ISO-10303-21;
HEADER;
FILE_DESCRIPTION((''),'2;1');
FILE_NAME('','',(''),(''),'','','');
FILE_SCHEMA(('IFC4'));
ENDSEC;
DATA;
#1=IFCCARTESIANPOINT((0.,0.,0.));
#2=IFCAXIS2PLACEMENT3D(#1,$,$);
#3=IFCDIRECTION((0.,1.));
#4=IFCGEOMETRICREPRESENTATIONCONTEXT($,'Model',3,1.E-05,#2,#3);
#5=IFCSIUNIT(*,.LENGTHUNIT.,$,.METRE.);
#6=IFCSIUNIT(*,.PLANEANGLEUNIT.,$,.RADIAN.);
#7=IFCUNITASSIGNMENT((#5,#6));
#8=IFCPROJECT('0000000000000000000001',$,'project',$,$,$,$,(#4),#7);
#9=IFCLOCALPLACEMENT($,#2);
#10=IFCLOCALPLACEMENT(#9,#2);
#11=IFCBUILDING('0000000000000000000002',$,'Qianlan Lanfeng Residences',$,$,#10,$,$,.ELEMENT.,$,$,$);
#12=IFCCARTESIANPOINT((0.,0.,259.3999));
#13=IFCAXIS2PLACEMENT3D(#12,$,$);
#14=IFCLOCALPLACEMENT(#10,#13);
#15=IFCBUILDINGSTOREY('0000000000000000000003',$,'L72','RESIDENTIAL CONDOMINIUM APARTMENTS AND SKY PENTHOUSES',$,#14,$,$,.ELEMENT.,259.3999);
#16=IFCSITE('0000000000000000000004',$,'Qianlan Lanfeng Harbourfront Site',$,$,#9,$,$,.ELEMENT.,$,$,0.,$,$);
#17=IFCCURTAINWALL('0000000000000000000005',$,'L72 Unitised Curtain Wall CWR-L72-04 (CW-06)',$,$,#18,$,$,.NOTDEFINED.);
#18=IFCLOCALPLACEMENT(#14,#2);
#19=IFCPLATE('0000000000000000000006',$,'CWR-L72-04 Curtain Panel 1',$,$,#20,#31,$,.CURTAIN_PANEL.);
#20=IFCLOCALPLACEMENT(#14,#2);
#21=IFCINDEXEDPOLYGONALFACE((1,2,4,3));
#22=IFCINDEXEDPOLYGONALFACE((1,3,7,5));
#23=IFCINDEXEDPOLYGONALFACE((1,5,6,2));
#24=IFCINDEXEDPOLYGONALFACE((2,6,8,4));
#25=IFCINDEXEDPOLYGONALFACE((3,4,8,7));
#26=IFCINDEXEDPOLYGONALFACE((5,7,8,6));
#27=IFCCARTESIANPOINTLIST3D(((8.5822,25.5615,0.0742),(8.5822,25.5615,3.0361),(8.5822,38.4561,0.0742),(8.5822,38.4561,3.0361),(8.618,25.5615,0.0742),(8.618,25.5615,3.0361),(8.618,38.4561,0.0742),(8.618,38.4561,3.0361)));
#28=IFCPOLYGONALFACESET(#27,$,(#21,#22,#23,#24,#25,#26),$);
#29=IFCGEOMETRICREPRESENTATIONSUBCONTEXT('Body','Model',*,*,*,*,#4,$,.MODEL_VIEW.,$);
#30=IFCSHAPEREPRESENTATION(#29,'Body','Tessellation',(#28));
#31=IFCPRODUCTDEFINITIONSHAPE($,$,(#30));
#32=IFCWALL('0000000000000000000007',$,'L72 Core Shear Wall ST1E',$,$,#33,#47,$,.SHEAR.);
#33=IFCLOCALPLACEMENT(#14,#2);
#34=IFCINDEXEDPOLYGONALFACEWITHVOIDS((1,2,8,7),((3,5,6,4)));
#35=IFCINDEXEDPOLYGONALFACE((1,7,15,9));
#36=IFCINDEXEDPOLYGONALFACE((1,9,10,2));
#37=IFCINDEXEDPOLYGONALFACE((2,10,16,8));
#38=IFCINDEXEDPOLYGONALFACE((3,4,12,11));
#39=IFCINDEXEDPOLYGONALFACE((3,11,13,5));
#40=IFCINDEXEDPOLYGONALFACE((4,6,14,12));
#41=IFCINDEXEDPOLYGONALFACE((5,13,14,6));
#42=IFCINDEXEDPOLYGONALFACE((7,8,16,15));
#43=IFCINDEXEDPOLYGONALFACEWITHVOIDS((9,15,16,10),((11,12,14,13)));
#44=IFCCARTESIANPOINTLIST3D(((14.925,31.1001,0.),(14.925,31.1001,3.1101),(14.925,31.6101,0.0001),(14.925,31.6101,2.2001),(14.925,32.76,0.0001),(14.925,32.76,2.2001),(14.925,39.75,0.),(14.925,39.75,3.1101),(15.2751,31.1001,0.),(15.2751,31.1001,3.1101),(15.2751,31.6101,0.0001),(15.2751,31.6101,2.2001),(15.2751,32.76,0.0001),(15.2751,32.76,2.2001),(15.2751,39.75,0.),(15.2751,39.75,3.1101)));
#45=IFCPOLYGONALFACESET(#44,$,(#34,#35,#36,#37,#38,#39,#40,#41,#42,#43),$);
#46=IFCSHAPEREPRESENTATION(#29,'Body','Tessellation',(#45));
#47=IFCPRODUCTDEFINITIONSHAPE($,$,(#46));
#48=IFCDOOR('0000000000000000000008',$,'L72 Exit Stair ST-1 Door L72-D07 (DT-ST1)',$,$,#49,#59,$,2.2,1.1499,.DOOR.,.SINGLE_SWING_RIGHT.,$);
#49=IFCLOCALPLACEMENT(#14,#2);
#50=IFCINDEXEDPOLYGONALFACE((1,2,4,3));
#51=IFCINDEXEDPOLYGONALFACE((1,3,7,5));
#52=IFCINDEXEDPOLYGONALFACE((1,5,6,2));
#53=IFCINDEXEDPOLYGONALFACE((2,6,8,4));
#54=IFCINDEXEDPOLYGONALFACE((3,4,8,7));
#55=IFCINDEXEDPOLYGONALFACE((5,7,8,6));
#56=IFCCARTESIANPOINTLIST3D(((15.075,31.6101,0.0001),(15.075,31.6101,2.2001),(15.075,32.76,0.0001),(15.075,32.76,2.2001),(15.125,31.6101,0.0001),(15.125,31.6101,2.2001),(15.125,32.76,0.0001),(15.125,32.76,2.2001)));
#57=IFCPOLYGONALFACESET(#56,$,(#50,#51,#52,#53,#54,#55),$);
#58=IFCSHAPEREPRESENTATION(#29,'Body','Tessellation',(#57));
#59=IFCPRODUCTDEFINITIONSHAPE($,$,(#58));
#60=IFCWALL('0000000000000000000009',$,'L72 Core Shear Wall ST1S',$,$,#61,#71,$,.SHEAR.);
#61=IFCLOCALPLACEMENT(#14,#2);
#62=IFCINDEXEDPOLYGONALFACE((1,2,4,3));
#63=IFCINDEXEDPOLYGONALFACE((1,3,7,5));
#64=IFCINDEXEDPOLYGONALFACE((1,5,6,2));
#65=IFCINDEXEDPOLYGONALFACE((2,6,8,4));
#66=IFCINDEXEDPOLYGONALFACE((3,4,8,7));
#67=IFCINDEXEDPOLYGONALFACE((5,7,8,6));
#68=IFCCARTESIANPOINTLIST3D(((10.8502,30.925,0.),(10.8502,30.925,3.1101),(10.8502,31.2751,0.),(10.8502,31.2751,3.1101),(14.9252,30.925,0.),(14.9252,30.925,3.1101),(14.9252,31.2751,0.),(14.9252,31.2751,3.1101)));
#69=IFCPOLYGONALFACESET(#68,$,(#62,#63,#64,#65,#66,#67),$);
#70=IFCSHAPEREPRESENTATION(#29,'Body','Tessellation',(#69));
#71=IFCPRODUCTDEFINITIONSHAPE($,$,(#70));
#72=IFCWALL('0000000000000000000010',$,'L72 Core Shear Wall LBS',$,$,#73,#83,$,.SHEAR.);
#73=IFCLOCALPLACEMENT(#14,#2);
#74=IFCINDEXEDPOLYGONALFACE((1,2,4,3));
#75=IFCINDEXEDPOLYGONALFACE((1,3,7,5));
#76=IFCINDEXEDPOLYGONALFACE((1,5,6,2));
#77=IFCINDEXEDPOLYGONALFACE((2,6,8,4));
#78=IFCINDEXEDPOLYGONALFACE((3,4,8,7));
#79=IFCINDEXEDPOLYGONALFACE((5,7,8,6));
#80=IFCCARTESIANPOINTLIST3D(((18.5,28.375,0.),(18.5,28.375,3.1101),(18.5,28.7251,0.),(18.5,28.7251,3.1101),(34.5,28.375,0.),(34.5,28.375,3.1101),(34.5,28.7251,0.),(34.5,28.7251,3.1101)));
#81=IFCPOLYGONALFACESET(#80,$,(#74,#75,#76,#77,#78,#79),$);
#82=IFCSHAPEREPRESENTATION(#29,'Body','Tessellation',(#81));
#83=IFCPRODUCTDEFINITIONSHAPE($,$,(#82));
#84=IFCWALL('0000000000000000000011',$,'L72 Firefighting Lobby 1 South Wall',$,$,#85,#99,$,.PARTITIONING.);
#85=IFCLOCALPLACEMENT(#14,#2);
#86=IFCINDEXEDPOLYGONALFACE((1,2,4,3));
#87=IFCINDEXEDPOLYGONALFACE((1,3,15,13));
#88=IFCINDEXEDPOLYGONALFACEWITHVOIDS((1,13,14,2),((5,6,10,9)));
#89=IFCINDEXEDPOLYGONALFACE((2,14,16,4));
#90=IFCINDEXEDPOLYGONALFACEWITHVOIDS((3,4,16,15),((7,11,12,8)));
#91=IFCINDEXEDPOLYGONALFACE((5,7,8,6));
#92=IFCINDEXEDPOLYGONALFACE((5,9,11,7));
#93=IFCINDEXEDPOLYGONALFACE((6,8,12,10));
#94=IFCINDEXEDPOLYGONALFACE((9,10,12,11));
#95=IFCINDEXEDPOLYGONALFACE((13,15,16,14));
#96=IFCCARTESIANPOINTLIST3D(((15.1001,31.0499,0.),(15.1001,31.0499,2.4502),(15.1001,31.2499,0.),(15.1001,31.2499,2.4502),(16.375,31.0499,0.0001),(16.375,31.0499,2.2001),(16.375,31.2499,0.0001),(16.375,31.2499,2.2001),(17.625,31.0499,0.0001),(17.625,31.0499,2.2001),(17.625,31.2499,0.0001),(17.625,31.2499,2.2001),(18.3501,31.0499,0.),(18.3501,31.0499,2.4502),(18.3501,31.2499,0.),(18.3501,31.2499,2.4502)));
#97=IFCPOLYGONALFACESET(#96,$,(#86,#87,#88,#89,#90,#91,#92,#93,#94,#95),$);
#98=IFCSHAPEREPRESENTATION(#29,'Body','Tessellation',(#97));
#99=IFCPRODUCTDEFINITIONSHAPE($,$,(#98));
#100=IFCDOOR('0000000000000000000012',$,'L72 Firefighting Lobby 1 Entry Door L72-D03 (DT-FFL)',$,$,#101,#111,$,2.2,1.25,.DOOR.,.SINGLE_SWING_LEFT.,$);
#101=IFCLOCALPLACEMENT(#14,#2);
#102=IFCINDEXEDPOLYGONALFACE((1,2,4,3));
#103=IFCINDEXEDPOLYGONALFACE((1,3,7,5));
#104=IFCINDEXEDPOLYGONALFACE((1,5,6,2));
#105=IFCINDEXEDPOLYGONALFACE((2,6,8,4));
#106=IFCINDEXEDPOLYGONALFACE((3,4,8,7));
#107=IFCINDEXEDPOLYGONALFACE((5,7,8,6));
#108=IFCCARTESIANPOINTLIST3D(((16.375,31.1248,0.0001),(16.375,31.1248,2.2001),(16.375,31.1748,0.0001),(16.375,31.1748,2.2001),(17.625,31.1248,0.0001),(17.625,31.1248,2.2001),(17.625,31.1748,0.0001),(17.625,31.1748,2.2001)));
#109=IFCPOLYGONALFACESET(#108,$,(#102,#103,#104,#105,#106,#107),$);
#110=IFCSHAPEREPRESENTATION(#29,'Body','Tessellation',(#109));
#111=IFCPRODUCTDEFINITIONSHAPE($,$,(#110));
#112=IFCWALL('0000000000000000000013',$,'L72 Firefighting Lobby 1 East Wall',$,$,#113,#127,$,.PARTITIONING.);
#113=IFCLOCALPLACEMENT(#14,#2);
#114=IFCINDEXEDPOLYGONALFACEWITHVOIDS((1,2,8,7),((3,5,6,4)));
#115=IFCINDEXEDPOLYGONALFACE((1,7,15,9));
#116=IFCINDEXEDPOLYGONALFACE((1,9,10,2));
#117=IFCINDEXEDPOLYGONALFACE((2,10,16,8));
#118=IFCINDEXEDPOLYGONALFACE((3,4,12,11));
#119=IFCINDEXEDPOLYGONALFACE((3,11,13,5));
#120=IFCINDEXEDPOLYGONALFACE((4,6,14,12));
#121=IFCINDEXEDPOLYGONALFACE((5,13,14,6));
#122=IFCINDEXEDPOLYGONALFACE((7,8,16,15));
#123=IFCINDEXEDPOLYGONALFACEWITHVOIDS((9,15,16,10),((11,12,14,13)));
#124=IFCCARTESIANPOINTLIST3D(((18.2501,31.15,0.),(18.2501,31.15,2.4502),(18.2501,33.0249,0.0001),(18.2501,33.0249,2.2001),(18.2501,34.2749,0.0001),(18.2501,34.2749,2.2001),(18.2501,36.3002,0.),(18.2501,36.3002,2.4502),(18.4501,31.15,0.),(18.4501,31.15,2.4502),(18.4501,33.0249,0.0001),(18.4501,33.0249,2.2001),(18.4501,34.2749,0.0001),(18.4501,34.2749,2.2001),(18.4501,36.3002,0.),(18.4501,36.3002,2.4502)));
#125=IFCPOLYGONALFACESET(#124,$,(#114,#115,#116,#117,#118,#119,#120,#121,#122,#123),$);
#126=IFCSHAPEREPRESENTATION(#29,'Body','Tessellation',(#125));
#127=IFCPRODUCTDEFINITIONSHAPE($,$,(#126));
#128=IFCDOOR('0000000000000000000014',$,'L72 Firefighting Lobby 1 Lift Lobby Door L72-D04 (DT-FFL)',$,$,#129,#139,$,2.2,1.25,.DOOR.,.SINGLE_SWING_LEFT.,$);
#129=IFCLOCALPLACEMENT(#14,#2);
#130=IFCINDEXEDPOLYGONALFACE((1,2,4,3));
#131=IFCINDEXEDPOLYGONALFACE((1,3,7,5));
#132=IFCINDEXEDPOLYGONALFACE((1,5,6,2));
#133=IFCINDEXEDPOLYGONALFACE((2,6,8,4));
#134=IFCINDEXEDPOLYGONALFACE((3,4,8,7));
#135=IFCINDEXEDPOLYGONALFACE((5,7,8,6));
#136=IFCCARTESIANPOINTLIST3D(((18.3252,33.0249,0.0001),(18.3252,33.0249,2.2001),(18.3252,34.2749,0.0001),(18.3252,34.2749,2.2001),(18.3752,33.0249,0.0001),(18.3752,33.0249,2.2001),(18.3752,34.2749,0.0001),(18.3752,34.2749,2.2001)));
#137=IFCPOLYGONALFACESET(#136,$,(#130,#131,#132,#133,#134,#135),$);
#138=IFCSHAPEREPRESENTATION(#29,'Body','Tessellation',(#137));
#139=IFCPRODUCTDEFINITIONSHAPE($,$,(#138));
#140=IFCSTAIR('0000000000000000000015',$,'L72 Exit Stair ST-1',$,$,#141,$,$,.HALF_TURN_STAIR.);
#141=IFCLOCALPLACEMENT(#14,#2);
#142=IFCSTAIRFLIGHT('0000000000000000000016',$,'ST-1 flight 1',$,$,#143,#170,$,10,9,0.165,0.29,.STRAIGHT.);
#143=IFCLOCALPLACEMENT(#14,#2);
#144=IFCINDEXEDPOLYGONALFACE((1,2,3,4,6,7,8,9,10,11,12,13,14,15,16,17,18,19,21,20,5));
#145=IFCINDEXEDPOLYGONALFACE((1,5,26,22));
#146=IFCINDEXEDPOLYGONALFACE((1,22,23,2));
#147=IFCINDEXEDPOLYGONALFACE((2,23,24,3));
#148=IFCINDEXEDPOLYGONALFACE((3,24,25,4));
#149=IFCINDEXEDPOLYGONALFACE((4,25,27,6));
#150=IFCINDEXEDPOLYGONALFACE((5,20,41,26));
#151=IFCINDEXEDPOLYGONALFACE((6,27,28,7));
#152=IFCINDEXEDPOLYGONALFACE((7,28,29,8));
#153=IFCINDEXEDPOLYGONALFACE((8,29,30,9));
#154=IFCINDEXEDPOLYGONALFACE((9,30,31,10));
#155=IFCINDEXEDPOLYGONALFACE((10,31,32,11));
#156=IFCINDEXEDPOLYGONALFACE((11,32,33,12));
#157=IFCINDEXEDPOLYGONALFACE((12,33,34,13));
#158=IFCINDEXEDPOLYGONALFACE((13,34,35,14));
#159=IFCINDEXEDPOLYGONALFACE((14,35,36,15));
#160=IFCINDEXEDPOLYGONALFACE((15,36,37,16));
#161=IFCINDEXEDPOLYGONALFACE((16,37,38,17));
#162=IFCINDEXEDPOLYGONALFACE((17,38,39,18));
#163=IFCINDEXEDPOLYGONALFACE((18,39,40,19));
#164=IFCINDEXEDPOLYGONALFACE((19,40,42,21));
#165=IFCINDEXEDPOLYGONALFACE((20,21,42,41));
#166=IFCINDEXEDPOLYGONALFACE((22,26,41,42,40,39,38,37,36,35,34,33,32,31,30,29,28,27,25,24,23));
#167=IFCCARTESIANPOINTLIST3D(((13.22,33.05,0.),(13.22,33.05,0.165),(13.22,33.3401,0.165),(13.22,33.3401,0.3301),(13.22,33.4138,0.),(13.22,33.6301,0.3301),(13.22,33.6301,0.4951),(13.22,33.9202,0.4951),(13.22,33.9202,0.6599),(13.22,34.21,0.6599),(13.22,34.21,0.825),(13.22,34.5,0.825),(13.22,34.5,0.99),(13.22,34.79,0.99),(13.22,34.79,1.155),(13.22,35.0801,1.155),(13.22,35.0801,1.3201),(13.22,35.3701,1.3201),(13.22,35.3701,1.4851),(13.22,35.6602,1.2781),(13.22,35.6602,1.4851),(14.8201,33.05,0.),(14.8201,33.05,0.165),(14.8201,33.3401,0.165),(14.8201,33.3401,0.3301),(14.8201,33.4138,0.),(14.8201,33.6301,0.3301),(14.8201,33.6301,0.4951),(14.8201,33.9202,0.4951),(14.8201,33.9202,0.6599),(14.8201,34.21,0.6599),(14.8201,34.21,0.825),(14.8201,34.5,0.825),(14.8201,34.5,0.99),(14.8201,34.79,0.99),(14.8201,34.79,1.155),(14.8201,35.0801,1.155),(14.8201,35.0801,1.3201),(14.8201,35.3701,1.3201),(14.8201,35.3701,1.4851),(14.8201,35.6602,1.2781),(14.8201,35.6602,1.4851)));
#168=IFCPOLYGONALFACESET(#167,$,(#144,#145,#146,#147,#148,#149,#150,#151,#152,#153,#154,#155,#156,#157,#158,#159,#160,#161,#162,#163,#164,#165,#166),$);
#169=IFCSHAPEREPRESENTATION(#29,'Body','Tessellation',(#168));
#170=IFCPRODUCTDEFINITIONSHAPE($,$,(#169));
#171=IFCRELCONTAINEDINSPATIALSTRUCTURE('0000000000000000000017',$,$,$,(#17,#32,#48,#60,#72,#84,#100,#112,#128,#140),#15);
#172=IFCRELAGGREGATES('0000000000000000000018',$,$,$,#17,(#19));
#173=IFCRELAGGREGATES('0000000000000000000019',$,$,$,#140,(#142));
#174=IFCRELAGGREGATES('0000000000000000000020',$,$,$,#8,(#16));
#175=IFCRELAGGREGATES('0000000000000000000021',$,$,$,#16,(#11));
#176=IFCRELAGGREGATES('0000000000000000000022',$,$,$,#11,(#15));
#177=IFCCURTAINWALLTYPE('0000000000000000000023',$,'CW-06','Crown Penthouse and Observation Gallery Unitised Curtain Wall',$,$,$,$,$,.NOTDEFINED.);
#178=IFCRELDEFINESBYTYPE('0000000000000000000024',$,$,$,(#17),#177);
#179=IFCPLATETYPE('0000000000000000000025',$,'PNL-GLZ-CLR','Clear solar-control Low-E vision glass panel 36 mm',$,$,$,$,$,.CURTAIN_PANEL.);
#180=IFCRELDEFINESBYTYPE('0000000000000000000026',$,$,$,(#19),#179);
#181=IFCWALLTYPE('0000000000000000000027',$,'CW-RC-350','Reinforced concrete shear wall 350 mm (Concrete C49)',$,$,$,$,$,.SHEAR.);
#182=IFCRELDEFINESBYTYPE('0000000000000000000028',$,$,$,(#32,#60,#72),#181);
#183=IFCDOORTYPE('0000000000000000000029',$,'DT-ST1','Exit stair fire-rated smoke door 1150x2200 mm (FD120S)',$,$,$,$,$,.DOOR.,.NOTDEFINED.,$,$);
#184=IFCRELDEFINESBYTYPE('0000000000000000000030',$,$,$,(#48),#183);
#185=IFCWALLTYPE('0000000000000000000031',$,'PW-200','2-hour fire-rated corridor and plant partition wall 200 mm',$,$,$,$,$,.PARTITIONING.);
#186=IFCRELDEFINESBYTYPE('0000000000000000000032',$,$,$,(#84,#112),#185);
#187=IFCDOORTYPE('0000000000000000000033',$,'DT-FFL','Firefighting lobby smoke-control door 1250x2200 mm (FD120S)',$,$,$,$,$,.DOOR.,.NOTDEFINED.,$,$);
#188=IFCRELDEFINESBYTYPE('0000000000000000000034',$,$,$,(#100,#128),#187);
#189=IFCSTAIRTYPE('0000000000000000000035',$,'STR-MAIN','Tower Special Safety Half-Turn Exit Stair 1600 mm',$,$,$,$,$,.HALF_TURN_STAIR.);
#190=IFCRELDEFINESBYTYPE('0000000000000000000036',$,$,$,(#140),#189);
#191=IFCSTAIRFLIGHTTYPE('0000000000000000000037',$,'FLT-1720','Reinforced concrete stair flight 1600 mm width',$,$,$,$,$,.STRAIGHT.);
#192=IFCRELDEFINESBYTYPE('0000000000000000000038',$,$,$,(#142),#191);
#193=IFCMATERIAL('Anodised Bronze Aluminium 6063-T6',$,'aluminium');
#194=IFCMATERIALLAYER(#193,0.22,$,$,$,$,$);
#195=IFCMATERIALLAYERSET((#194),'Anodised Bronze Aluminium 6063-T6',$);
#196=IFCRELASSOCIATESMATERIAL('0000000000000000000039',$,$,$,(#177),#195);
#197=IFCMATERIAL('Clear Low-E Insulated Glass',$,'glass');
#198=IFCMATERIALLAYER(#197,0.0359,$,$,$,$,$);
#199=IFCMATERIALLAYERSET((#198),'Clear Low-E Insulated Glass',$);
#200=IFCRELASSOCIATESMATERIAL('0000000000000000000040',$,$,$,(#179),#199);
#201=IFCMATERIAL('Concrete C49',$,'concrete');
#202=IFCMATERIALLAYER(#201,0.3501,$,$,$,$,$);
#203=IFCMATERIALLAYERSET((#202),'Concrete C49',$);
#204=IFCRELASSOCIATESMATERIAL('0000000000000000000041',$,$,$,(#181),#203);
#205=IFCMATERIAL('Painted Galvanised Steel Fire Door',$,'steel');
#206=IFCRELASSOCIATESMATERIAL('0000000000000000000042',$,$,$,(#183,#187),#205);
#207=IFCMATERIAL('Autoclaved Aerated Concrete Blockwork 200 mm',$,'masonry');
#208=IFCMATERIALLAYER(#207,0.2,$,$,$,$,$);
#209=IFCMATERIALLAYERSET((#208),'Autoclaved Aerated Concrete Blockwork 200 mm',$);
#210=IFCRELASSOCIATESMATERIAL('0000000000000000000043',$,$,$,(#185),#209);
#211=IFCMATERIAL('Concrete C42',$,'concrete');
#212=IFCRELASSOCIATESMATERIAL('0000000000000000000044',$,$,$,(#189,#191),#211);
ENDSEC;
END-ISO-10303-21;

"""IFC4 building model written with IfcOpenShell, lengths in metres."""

from ifc_helpers import new_model, si_unit, direction, frame, frame_2d, origin, origin_2d, place, context, subcontext, project, spatial, polyline, rectangle, outline, extrude, source, transform, mapped, material, layer, layer_set, type_object, element, fill, aggregate, save


model = new_model("IFC4")

# Units and contexts
model_context = context("Model", 3, precision=1e-05, world=origin(), true_north=direction((0.0, 1.0)))
body_context = subcontext(model_context, "Body", "Model", "MODEL_VIEW")
ifc_project = project(units=[si_unit("LENGTHUNIT", "METRE"), si_unit("PLANEANGLEUNIT", "RADIAN")], contexts=[model_context])

# Site, building, storey
site_placement = place(None, origin())
site = spatial("IfcSite", under=ifc_project, at=site_placement, Name="Qianlan Lanfeng Harbourfront Site", CompositionType="ELEMENT", RefElevation=0.0)
building_placement = place(site_placement, origin())
building = spatial("IfcBuilding", under=site, at=building_placement, Name="Qianlan Lanfeng Residences", CompositionType="ELEMENT")
storey_placement = place(building_placement, frame((0.0, 0.0, 259.3999)))
storey = spatial("IfcBuildingStorey", under=building, at=storey_placement, Name="L72", Description="RESIDENTIAL CONDOMINIUM APARTMENTS AND SKY PENTHOUSES", CompositionType="ELEMENT", Elevation=259.3999)

# Curtain wall, plate
ifc_material_1 = material(Name="Anodised Bronze Aluminium 6063-T6", Category="aluminium")
ifc_layer_1 = layer(ifc_material_1, 0.22)
ifc_layer_set_1 = layer_set([ifc_layer_1], Name="Anodised Bronze Aluminium 6063-T6")
curtain_wall_type = type_object("IfcCurtainWallType", Name="CW-06", Description="Crown Penthouse and Observation Gallery Unitised Curtain Wall", PredefinedType="NOTDEFINED", material=ifc_layer_set_1)
curtain_wall_placement = place(storey_placement, origin())
curtain_wall = element("IfcCurtainWall", 1, at=curtain_wall_placement, inside=storey, type_object=curtain_wall_type, Name="L72 Unitised Curtain Wall CWR-L72-04 (CW-06)", PredefinedType="NOTDEFINED")
ifc_material_2 = material(Name="Clear Low-E Insulated Glass", Category="glass")
ifc_layer_2 = layer(ifc_material_2, 0.0359)
ifc_layer_set_2 = layer_set([ifc_layer_2], Name="Clear Low-E Insulated Glass")
plate_type = type_object("IfcPlateType", Name="PNL-GLZ-CLR", Description="Clear solar-control Low-E vision glass panel 36 mm", PredefinedType="CURTAIN_PANEL", material=ifc_layer_set_2)
shared_shape_1 = source(origin(), body_context, "Body", "SweptSolid", [
    extrude(rectangle(XDim=12.8945, YDim=0.0359, at=origin_2d()), origin(), (0.0, 0.0, 1.0), 2.9619),
])
plate_placement = place(storey_placement, frame((8.6001, 32.0088, 0.0742), z_axis=(0.0, 0.0, 1.0), x_axis=(0.0, -1.0, 0.0)))
plate = element("IfcPlate", 2, at=plate_placement, type_object=plate_type, Name="CWR-L72-04 Curtain Panel 1", PredefinedType="CURTAIN_PANEL", context=body_context, shape_type="MappedRepresentation", body=[
    mapped(shared_shape_1, transform((0.0, 0.0, 0.0), scale=1.0)),
])
aggregate(curtain_wall, [plate])

# Wall, opening, door
ifc_material_3 = material(Name="Concrete C49", Category="concrete")
ifc_layer_3 = layer(ifc_material_3, 0.3501)
ifc_layer_set_3 = layer_set([ifc_layer_3], Name="Concrete C49")
wall_type_1 = type_object("IfcWallType", Name="CW-RC-350", Description="Reinforced concrete shear wall 350 mm (Concrete C49)", PredefinedType="SHEAR", material=ifc_layer_set_3)
wall_1_placement = place(storey_placement, frame((15.1001, 31.1001, 0.0), z_axis=(0.0, 0.0, 1.0), x_axis=(0.0, 1.0, 0.0)))
wall_1 = element("IfcWall", 3, at=wall_1_placement, inside=storey, type_object=wall_type_1, Name="L72 Core Shear Wall ST1E", PredefinedType="SHEAR", context=body_context, shape_type="SweptSolid", body=[
    extrude(rectangle(XDim=8.6499, YDim=0.3501, at=frame_2d((4.325, 0.0))), origin(), (0.0, 0.0, 1.0), 3.1101),
])
opening_1_placement = place(wall_1_placement, frame((0.51, 0.0, 0.0)))
opening_1 = element("IfcOpeningElement", 4, at=opening_1_placement, cuts=wall_1, PredefinedType="OPENING", context=body_context, shape_type="SweptSolid", body=[
    extrude(rectangle(XDim=1.1499, YDim=2.2, at=frame_2d((0.575, 1.1001))), frame((0.0, 0.1851, 0.0), z_axis=(0.0, -1.0, 0.0), x_axis=(1.0, 0.0, 0.0)), (0.0, 0.0, 1.0), 0.3701),
])
ifc_material_4 = material(Name="Painted Galvanised Steel Fire Door", Category="steel")
door_type_1 = type_object("IfcDoorType", Name="DT-ST1", Description="Exit stair fire-rated smoke door 1150x2200 mm (FD120S)", OperationType="NOTDEFINED", PredefinedType="DOOR", material=ifc_material_4)
door_1_placement = place(opening_1_placement, frame((1.1499, 0.0, 0.0), z_axis=(0.0, 0.0, 1.0), x_axis=(-1.0, 0.0, 0.0)))
door_1 = element("IfcDoor", 5, at=door_1_placement, inside=storey, type_object=door_type_1, Name="L72 Exit Stair ST-1 Door L72-D07 (DT-ST1)", OperationType="SINGLE_SWING_RIGHT", OverallHeight=2.2, OverallWidth=1.1499, PredefinedType="DOOR", context=body_context, shape_type="SweptSolid", body=[
    extrude(rectangle(XDim=1.1499, YDim=2.2, at=frame_2d((0.575, 1.1001))), frame((0.0, 0.0249, 0.0), z_axis=(0.0, -1.0, 0.0), x_axis=(1.0, 0.0, 0.0)), (0.0, 0.0, 1.0), 0.05),
])
fill(opening_1, door_1)

# Walls
wall_2_placement = place(storey_placement, frame((10.8501, 31.1001, 0.0), z_axis=(0.0, 0.0, 1.0), x_axis=(1.0, 0.0, 0.0)))
element("IfcWall", 6, at=wall_2_placement, inside=storey, type_object=wall_type_1, Name="L72 Core Shear Wall ST1S", PredefinedType="SHEAR", context=body_context, shape_type="SweptSolid", body=[
    extrude(rectangle(XDim=4.075, YDim=0.3501, at=frame_2d((2.0376, 0.0))), origin(), (0.0, 0.0, 1.0), 3.1101),
])
wall_3_placement = place(storey_placement, frame((18.5, 28.55, 0.0), z_axis=(0.0, 0.0, 1.0), x_axis=(1.0, 0.0, 0.0)))
element("IfcWall", 7, at=wall_3_placement, inside=storey, type_object=wall_type_1, Name="L72 Core Shear Wall LBS", PredefinedType="SHEAR", context=body_context, shape_type="SweptSolid", body=[
    extrude(rectangle(XDim=16.0, YDim=0.3501, at=frame_2d((8.0, 0.0))), origin(), (0.0, 0.0, 1.0), 3.1101),
])

# Walls, openings, doors
ifc_material_5 = material(Name="Autoclaved Aerated Concrete Blockwork 200 mm", Category="masonry")
ifc_layer_4 = layer(ifc_material_5, 0.2)
ifc_layer_set_4 = layer_set([ifc_layer_4], Name="Autoclaved Aerated Concrete Blockwork 200 mm")
wall_type_2 = type_object("IfcWallType", Name="PW-200", Description="2-hour fire-rated corridor and plant partition wall 200 mm", PredefinedType="PARTITIONING", material=ifc_layer_set_4)
wall_4_placement = place(storey_placement, frame((15.1001, 31.1499, 0.0), z_axis=(0.0, 0.0, 1.0), x_axis=(1.0, 0.0, 0.0)))
wall_4 = element("IfcWall", 8, at=wall_4_placement, inside=storey, type_object=wall_type_2, Name="L72 Firefighting Lobby 1 South Wall", PredefinedType="PARTITIONING", context=body_context, shape_type="SweptSolid", body=[
    extrude(rectangle(XDim=3.25, YDim=0.2, at=frame_2d((1.625, 0.0))), origin(), (0.0, 0.0, 1.0), 2.4502),
])
opening_2_placement = place(wall_4_placement, frame((1.2749, 0.0, 0.0)))
opening_2 = element("IfcOpeningElement", 9, at=opening_2_placement, cuts=wall_4, PredefinedType="OPENING", context=body_context, shape_type="SweptSolid", body=[
    extrude(rectangle(XDim=1.25, YDim=2.2, at=frame_2d((0.625, 1.1001))), frame((0.0, 0.1099, 0.0), z_axis=(0.0, -1.0, 0.0), x_axis=(1.0, 0.0, 0.0)), (0.0, 0.0, 1.0), 0.22),
])
door_type_2 = type_object("IfcDoorType", Name="DT-FFL", Description="Firefighting lobby smoke-control door 1250x2200 mm (FD120S)", OperationType="NOTDEFINED", PredefinedType="DOOR", material=ifc_material_4)
door_2_placement = place(opening_2_placement, origin())
door_2 = element("IfcDoor", 10, at=door_2_placement, inside=storey, type_object=door_type_2, Name="L72 Firefighting Lobby 1 Entry Door L72-D03 (DT-FFL)", OperationType="SINGLE_SWING_LEFT", OverallHeight=2.2, OverallWidth=1.25, PredefinedType="DOOR", context=body_context, shape_type="SweptSolid", body=[
    extrude(rectangle(XDim=1.25, YDim=2.2, at=frame_2d((0.625, 1.1001))), frame((0.0, 0.0249, 0.0), z_axis=(0.0, -1.0, 0.0), x_axis=(1.0, 0.0, 0.0)), (0.0, 0.0, 1.0), 0.05),
])
fill(opening_2, door_2)
wall_5_placement = place(storey_placement, frame((18.3501, 31.1499, 0.0), z_axis=(0.0, 0.0, 1.0), x_axis=(0.0, 1.0, 0.0)))
wall_5 = element("IfcWall", 11, at=wall_5_placement, inside=storey, type_object=wall_type_2, Name="L72 Firefighting Lobby 1 East Wall", PredefinedType="PARTITIONING", context=body_context, shape_type="SweptSolid", body=[
    extrude(rectangle(XDim=5.1501, YDim=0.2, at=frame_2d((2.5752, 0.0))), origin(), (0.0, 0.0, 1.0), 2.4502),
])
opening_3_placement = place(wall_5_placement, frame((1.875, 0.0, 0.0)))
opening_3 = element("IfcOpeningElement", 12, at=opening_3_placement, cuts=wall_5, PredefinedType="OPENING", context=body_context, shape_type="SweptSolid", body=[
    extrude(rectangle(XDim=1.25, YDim=2.2, at=frame_2d((0.625, 1.1001))), frame((0.0, 0.1099, 0.0), z_axis=(0.0, -1.0, 0.0), x_axis=(1.0, 0.0, 0.0)), (0.0, 0.0, 1.0), 0.22),
])
door_3_placement = place(opening_3_placement, origin())
door_3 = element("IfcDoor", 13, at=door_3_placement, inside=storey, type_object=door_type_2, Name="L72 Firefighting Lobby 1 Lift Lobby Door L72-D04 (DT-FFL)", OperationType="SINGLE_SWING_LEFT", OverallHeight=2.2, OverallWidth=1.25, PredefinedType="DOOR", context=body_context, shape_type="SweptSolid", body=[
    extrude(rectangle(XDim=1.25, YDim=2.2, at=frame_2d((0.625, 1.1001))), frame((0.0, 0.0249, 0.0), z_axis=(0.0, -1.0, 0.0), x_axis=(1.0, 0.0, 0.0)), (0.0, 0.0, 1.0), 0.05),
])
fill(opening_3, door_3)

# Stair, stair flight
ifc_material_6 = material(Name="Concrete C42", Category="concrete")
stair_type = type_object("IfcStairType", Name="STR-MAIN", Description="Tower Special Safety Half-Turn Exit Stair 1600 mm", PredefinedType="HALF_TURN_STAIR", material=ifc_material_6)
stair_placement = place(storey_placement, origin())
stair = element("IfcStair", 14, at=stair_placement, inside=storey, type_object=stair_type, Name="L72 Exit Stair ST-1", PredefinedType="HALF_TURN_STAIR")
stair_flight_type = type_object("IfcStairFlightType", Name="FLT-1720", Description="Reinforced concrete stair flight 1600 mm width", PredefinedType="STRAIGHT", material=ifc_material_6)
stair_flight_placement = place(storey_placement, frame((14.02, 33.05, 0.0), z_axis=(0.0, 0.0, 1.0), x_axis=(0.0, 1.0, 0.0)))
stair_flight = element("IfcStairFlight", 15, at=stair_flight_placement, type_object=stair_flight_type, Name="ST-1 flight 1", NumberOfRisers=10, NumberOfTreads=9, PredefinedType="STRAIGHT", RiserHeight=0.165, TreadLength=0.29, context=body_context, shape_type="SweptSolid", body=[
    extrude(outline(polyline([(0.0, 0.0), (0.0, 0.165), (0.29, 0.165), (0.29, 0.3301), (0.5801, 0.3301), (0.5801, 0.4951), (0.8701, 0.4951), (0.8701, 0.6599), (1.1599, 0.6599), (1.1599, 0.825), (1.45, 0.825), (1.45, 0.99), (1.74, 0.99), (1.74, 1.155), (2.03, 1.155), (2.03, 1.3201), (2.3201, 1.3201), (2.3201, 1.4851), (2.6101, 1.4851), (2.6101, 1.6499), (2.6101, 1.2781), (0.3638, 0.0), (0.0, 0.0)])), frame((0.0, 0.8, 0.0), z_axis=(0.0, -1.0, 0.0), x_axis=(1.0, 0.0, 0.0)), (0.0, 0.0, 1.0), 1.6001),
])
aggregate(stair, [stair_flight])

save(model, "model.ifc")
